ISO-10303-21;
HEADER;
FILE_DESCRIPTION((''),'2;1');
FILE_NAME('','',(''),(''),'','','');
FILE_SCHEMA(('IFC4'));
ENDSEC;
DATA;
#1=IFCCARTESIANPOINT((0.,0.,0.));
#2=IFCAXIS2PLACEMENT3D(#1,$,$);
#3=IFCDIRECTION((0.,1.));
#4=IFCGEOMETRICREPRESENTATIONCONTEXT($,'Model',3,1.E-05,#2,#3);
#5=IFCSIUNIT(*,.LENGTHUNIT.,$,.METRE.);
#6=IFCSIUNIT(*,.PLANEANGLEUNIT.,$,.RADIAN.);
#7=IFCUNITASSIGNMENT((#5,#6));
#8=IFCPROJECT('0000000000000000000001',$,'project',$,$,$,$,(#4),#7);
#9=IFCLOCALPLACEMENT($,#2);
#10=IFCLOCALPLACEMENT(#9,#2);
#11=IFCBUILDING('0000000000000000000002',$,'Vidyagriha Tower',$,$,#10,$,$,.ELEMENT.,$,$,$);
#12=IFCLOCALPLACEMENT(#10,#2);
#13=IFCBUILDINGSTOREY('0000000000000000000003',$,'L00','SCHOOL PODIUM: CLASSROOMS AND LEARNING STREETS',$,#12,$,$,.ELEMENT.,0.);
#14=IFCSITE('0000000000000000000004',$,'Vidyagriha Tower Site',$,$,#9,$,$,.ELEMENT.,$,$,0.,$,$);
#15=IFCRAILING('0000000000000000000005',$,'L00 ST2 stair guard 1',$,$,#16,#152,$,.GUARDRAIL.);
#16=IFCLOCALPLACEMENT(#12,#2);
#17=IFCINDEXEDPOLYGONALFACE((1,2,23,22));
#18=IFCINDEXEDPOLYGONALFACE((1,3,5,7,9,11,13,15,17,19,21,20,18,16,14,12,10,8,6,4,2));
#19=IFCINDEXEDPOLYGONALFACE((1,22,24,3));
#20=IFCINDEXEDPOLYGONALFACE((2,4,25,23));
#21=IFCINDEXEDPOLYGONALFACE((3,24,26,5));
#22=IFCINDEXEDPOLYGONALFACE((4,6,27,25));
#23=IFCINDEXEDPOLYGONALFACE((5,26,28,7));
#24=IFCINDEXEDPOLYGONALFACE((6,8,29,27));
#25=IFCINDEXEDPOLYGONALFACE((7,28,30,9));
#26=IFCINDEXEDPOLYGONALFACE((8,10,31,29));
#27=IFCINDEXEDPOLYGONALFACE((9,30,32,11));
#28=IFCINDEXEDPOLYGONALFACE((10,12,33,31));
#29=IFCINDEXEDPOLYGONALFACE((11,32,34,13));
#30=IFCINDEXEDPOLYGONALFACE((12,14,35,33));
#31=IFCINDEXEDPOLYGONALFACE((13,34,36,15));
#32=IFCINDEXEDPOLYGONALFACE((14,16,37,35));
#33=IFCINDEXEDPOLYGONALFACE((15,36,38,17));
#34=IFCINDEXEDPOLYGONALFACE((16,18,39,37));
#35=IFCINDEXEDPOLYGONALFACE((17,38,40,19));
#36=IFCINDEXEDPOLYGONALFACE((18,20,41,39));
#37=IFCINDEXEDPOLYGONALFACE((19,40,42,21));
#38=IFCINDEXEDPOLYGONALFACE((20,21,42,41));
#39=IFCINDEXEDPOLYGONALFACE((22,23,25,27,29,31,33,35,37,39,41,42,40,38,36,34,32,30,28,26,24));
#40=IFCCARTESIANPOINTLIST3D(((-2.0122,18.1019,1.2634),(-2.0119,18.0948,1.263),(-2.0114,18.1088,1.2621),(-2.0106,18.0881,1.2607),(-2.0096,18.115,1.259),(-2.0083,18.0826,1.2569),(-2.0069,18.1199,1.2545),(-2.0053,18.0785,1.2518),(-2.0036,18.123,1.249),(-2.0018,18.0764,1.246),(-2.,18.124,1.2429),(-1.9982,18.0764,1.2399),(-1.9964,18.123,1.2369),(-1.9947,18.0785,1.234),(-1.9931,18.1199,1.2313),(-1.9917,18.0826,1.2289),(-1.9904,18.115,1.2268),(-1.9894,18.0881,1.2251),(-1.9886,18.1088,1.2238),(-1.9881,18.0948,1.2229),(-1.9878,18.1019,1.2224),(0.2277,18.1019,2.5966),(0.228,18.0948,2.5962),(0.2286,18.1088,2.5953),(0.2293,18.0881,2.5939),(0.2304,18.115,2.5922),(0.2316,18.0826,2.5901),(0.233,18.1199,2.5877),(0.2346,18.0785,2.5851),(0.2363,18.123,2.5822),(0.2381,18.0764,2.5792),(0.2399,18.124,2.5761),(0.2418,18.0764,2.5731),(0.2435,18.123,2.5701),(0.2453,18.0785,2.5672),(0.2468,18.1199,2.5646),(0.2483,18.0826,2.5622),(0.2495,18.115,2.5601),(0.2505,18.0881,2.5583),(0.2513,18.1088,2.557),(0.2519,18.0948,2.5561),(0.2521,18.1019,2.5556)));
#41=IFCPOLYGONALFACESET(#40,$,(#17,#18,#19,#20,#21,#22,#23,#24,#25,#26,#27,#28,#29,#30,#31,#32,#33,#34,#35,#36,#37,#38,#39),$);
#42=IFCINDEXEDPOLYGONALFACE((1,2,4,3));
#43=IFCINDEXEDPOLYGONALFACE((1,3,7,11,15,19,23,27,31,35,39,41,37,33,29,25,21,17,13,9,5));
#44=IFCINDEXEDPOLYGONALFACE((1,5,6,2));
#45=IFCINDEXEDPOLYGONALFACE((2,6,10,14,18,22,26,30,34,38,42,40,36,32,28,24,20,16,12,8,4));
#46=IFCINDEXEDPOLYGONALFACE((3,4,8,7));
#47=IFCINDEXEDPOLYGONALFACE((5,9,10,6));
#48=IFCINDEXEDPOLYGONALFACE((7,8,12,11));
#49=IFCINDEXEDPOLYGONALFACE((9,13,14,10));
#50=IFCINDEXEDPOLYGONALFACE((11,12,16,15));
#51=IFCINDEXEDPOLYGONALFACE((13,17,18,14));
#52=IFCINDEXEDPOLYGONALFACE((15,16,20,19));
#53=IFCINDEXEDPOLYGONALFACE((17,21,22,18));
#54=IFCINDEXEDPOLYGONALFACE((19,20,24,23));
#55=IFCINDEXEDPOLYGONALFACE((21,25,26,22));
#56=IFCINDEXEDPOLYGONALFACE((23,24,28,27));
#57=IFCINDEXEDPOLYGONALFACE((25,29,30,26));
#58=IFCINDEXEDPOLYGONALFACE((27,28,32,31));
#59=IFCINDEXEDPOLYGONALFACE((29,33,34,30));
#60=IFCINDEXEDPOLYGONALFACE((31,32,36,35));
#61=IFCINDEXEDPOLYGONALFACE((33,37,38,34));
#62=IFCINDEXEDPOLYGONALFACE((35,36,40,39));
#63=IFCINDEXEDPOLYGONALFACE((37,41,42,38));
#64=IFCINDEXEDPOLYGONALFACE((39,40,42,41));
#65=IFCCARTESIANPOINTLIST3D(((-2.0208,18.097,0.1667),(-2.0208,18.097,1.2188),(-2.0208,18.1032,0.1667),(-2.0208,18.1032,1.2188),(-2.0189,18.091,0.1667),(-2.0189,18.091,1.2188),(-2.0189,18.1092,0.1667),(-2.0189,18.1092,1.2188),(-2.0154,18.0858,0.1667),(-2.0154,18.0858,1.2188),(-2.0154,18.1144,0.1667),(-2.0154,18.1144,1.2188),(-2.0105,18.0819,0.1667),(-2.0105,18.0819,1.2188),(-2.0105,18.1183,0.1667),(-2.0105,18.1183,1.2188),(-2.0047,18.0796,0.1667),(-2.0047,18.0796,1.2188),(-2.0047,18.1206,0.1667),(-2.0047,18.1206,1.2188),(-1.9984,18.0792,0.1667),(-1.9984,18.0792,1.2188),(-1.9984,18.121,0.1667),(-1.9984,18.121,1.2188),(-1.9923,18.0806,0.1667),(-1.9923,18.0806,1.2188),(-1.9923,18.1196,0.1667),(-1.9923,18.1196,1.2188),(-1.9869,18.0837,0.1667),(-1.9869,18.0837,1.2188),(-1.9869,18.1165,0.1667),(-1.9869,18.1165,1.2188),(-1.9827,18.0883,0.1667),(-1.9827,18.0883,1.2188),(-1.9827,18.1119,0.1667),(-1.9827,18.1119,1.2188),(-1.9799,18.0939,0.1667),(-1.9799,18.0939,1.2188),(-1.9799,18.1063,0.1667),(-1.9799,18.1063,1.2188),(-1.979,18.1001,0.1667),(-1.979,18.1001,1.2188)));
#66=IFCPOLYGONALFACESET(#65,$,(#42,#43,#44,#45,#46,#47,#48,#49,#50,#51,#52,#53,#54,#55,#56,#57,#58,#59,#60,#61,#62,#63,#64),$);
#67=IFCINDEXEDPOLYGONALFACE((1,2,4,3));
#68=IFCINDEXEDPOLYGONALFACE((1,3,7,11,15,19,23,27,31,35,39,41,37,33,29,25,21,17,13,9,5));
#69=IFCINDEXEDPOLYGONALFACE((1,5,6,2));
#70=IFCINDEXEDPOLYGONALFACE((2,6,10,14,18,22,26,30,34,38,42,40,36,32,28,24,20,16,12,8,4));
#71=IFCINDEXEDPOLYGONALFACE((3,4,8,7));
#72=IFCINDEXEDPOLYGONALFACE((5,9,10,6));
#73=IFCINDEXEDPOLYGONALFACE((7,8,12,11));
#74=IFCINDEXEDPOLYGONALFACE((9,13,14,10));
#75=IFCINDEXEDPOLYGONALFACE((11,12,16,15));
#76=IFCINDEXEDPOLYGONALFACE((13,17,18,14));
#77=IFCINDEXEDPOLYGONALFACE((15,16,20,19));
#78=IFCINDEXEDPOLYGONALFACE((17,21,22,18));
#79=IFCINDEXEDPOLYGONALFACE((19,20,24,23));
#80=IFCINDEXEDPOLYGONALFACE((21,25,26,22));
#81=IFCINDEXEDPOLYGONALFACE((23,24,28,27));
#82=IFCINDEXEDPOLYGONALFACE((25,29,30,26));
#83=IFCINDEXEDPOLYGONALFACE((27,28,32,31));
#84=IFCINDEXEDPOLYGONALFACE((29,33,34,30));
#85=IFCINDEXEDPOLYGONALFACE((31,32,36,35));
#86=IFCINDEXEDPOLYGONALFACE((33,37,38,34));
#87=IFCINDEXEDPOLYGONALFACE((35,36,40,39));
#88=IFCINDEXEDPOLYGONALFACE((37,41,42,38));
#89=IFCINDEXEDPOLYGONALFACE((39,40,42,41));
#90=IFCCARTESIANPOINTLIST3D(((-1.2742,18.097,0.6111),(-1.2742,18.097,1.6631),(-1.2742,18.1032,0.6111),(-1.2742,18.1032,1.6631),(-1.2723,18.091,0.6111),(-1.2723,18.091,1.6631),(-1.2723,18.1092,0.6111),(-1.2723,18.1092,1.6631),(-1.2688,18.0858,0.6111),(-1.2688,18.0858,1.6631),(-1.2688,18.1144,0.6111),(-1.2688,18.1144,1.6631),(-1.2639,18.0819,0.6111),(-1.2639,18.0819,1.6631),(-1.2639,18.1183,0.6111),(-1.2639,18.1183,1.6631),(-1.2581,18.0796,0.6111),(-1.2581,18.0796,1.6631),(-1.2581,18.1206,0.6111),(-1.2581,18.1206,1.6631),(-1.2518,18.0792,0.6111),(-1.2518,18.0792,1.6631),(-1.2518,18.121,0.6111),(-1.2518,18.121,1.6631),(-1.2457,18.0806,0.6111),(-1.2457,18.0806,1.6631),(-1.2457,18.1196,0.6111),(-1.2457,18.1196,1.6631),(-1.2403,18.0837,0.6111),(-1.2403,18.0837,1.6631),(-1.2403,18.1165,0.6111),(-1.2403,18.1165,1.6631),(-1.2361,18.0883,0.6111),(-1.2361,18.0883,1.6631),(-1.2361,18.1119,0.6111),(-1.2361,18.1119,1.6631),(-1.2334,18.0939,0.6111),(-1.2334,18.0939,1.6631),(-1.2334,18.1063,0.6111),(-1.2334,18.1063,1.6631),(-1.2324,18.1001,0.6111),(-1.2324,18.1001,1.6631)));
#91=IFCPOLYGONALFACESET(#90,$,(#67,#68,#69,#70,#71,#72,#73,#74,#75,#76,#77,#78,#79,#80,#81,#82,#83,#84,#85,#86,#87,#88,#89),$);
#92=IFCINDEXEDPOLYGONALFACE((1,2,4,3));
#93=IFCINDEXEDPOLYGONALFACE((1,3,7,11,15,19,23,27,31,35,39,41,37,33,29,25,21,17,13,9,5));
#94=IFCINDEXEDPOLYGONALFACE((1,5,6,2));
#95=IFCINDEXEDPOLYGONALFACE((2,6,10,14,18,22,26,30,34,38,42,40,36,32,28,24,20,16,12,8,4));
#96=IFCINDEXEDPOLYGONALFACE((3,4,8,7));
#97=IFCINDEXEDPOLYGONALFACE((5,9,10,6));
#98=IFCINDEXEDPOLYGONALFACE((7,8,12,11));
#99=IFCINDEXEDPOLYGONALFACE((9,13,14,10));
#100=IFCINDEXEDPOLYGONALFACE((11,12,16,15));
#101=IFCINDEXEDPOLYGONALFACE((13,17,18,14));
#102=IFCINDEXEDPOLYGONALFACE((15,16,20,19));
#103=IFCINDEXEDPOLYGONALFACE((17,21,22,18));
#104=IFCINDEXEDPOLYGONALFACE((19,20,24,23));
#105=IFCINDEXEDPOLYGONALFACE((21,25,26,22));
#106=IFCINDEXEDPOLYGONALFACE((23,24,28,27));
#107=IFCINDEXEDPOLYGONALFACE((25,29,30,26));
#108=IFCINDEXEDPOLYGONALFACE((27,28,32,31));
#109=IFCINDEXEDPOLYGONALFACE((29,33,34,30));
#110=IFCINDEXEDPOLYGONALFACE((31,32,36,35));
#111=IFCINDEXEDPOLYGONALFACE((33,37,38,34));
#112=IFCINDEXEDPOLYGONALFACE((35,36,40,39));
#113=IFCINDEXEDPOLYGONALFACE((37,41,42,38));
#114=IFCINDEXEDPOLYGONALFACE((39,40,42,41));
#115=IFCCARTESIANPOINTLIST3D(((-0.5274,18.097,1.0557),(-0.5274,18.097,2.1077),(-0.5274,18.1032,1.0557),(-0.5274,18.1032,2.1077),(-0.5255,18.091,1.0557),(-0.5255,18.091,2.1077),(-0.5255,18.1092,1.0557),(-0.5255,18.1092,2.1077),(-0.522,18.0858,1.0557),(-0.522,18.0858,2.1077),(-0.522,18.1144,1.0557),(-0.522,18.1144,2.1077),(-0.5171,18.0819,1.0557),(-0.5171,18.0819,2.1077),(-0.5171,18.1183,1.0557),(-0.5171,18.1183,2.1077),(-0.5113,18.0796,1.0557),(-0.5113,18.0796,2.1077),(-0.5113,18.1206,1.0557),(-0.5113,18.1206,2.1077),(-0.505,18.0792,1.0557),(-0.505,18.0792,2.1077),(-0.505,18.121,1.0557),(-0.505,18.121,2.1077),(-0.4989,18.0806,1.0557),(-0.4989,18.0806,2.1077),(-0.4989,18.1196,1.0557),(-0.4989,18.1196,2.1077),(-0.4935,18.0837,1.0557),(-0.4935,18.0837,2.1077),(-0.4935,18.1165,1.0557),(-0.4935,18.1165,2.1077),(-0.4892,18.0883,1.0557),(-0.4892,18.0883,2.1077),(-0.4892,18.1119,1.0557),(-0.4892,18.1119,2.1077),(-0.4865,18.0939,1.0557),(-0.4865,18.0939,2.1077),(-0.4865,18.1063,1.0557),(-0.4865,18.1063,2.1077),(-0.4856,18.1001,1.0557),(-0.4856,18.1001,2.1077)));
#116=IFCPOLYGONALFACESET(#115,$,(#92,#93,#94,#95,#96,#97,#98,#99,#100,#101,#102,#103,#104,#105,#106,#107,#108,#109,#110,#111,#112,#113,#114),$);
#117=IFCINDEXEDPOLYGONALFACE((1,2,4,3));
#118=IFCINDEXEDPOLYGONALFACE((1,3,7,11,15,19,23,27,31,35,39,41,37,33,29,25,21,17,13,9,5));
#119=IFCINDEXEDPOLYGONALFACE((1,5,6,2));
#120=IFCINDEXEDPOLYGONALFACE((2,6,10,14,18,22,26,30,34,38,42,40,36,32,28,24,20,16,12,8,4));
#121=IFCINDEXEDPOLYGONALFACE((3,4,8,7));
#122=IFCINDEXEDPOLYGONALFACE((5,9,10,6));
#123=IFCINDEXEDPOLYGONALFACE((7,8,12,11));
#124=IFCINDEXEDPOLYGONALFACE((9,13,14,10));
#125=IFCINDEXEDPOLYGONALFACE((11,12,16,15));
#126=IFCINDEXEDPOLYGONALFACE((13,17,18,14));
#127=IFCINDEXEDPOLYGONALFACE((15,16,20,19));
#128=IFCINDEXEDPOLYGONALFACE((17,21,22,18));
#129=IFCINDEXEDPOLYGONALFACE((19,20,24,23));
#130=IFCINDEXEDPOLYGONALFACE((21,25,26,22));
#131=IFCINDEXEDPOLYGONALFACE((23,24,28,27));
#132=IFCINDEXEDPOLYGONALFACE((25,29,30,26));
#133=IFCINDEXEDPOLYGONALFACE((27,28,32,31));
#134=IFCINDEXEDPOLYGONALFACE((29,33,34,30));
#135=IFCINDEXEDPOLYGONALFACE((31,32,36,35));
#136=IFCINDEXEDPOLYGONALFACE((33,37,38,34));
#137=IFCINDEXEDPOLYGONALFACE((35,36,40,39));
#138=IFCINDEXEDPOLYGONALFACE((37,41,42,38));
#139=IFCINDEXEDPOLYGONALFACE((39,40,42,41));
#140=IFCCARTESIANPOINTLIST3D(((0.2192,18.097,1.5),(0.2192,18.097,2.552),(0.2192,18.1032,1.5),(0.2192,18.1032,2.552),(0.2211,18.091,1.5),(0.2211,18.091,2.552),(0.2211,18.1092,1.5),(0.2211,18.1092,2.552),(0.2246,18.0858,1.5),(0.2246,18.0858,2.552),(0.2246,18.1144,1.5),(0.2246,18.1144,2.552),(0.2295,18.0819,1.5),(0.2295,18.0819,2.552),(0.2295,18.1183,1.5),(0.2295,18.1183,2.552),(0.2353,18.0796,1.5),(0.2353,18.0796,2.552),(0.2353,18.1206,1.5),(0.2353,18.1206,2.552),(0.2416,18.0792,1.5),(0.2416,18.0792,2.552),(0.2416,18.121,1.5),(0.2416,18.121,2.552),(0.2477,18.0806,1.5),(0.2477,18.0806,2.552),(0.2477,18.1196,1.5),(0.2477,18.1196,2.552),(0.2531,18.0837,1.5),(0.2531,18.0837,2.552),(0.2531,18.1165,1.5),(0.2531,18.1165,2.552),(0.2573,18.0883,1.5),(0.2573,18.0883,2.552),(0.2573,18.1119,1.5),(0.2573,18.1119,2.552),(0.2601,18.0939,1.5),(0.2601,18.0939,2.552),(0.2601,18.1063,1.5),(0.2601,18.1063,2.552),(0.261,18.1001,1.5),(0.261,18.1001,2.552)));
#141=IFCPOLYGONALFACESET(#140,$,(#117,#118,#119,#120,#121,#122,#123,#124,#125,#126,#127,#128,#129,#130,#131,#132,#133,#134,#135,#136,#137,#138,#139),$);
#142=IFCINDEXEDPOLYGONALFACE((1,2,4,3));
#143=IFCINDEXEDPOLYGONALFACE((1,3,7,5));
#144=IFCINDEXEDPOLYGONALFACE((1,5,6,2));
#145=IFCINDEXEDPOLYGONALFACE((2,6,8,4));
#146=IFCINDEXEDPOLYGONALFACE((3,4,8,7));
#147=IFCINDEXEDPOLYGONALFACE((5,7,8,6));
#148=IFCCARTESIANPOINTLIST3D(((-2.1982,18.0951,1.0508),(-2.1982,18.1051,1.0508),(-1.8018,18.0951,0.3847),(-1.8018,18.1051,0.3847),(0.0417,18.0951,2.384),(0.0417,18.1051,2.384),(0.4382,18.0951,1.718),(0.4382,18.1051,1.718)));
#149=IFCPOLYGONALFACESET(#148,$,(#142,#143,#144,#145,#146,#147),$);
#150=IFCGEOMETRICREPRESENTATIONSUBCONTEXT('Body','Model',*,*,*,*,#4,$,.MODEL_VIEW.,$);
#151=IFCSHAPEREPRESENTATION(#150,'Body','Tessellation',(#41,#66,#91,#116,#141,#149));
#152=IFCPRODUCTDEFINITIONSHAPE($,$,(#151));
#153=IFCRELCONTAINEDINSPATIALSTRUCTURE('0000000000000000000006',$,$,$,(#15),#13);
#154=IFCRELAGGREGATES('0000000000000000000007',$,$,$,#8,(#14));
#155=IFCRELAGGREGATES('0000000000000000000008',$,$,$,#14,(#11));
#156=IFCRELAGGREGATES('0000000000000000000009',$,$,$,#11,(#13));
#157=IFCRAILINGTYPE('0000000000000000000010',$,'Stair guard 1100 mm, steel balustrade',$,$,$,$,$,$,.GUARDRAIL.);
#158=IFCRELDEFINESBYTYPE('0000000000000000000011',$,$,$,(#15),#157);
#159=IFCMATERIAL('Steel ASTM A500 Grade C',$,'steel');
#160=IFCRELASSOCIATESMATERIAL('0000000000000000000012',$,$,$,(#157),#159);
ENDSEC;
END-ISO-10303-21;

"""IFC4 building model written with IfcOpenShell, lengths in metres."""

from ifc_helpers import new_model, si_unit, direction, frame, origin, origin_2d, place, context, subcontext, project, spatial, rectangle, circle, extrude, material, type_object, element, save


model = new_model("IFC4")

# Units and contexts
model_context = context("Model", 3, precision=1e-05, world=origin(), true_north=direction((0.0, 1.0)))
body_context = subcontext(model_context, "Body", "Model", "MODEL_VIEW")
ifc_project = project(units=[si_unit("LENGTHUNIT", "METRE"), si_unit("PLANEANGLEUNIT", "RADIAN")], contexts=[model_context])

# Site, building, storey
site_placement = place(None, origin())
site = spatial("IfcSite", under=ifc_project, at=site_placement, Name="Vidyagriha Tower Site", CompositionType="ELEMENT", RefElevation=0.0)
building_placement = place(site_placement, origin())
building = spatial("IfcBuilding", under=site, at=building_placement, Name="Vidyagriha Tower", CompositionType="ELEMENT")
storey_placement = place(building_placement, origin())
storey = spatial("IfcBuildingStorey", under=building, at=storey_placement, Name="L00", Description="SCHOOL PODIUM: CLASSROOMS AND LEARNING STREETS", CompositionType="ELEMENT", Elevation=0.0)

# Railing
ifc_material_1 = material(Name="Steel ASTM A500 Grade C", Category="steel")
railing_type_1 = type_object("IfcRailingType", Name="Stair guard 1100 mm, steel balustrade", PredefinedType="GUARDRAIL", material=ifc_material_1)
railing_1_placement = place(storey_placement, frame((-2.0, 18.1001, 0.1667)))
element("IfcRailing", 1, at=railing_1_placement, inside=storey, type_object=railing_type_1, Name="L00 ST2 stair guard 1", PredefinedType="GUARDRAIL", context=body_context, shape_type="SweptSolid", body=[
    extrude(circle(Radius=0.0239, at=origin_2d()), frame((0.0, 0.0, 1.0762), z_axis=(0.859306, 0.0, 0.511462), x_axis=(0.0, 1.0, 0.0)), (0.0, 0.0, 1.0), 2.6067),
    extrude(circle(Radius=0.021, at=origin_2d()), origin(), (0.0, 0.0, 1.0), 1.052),
    extrude(circle(Radius=0.021, at=origin_2d()), frame((0.7466, 0.0, 0.4443)), (0.0, 0.0, 1.0), 1.052),
    extrude(circle(Radius=0.021, at=origin_2d()), frame((1.4934, 0.0, 0.8889)), (0.0, 0.0, 1.0), 1.052),
    extrude(circle(Radius=0.021, at=origin_2d()), frame((2.24, 0.0, 1.3333)), (0.0, 0.0, 1.0), 1.052),
    extrude(rectangle(XDim=0.01, YDim=0.7751, at=origin_2d()), frame((0.0, 0.0, 0.551), z_axis=(0.859306, 0.0, 0.511462), x_axis=(0.0, 1.0, 0.0)), (0.0, 0.0, 1.0), 2.6067),
])

save(model, "model.ifc")
